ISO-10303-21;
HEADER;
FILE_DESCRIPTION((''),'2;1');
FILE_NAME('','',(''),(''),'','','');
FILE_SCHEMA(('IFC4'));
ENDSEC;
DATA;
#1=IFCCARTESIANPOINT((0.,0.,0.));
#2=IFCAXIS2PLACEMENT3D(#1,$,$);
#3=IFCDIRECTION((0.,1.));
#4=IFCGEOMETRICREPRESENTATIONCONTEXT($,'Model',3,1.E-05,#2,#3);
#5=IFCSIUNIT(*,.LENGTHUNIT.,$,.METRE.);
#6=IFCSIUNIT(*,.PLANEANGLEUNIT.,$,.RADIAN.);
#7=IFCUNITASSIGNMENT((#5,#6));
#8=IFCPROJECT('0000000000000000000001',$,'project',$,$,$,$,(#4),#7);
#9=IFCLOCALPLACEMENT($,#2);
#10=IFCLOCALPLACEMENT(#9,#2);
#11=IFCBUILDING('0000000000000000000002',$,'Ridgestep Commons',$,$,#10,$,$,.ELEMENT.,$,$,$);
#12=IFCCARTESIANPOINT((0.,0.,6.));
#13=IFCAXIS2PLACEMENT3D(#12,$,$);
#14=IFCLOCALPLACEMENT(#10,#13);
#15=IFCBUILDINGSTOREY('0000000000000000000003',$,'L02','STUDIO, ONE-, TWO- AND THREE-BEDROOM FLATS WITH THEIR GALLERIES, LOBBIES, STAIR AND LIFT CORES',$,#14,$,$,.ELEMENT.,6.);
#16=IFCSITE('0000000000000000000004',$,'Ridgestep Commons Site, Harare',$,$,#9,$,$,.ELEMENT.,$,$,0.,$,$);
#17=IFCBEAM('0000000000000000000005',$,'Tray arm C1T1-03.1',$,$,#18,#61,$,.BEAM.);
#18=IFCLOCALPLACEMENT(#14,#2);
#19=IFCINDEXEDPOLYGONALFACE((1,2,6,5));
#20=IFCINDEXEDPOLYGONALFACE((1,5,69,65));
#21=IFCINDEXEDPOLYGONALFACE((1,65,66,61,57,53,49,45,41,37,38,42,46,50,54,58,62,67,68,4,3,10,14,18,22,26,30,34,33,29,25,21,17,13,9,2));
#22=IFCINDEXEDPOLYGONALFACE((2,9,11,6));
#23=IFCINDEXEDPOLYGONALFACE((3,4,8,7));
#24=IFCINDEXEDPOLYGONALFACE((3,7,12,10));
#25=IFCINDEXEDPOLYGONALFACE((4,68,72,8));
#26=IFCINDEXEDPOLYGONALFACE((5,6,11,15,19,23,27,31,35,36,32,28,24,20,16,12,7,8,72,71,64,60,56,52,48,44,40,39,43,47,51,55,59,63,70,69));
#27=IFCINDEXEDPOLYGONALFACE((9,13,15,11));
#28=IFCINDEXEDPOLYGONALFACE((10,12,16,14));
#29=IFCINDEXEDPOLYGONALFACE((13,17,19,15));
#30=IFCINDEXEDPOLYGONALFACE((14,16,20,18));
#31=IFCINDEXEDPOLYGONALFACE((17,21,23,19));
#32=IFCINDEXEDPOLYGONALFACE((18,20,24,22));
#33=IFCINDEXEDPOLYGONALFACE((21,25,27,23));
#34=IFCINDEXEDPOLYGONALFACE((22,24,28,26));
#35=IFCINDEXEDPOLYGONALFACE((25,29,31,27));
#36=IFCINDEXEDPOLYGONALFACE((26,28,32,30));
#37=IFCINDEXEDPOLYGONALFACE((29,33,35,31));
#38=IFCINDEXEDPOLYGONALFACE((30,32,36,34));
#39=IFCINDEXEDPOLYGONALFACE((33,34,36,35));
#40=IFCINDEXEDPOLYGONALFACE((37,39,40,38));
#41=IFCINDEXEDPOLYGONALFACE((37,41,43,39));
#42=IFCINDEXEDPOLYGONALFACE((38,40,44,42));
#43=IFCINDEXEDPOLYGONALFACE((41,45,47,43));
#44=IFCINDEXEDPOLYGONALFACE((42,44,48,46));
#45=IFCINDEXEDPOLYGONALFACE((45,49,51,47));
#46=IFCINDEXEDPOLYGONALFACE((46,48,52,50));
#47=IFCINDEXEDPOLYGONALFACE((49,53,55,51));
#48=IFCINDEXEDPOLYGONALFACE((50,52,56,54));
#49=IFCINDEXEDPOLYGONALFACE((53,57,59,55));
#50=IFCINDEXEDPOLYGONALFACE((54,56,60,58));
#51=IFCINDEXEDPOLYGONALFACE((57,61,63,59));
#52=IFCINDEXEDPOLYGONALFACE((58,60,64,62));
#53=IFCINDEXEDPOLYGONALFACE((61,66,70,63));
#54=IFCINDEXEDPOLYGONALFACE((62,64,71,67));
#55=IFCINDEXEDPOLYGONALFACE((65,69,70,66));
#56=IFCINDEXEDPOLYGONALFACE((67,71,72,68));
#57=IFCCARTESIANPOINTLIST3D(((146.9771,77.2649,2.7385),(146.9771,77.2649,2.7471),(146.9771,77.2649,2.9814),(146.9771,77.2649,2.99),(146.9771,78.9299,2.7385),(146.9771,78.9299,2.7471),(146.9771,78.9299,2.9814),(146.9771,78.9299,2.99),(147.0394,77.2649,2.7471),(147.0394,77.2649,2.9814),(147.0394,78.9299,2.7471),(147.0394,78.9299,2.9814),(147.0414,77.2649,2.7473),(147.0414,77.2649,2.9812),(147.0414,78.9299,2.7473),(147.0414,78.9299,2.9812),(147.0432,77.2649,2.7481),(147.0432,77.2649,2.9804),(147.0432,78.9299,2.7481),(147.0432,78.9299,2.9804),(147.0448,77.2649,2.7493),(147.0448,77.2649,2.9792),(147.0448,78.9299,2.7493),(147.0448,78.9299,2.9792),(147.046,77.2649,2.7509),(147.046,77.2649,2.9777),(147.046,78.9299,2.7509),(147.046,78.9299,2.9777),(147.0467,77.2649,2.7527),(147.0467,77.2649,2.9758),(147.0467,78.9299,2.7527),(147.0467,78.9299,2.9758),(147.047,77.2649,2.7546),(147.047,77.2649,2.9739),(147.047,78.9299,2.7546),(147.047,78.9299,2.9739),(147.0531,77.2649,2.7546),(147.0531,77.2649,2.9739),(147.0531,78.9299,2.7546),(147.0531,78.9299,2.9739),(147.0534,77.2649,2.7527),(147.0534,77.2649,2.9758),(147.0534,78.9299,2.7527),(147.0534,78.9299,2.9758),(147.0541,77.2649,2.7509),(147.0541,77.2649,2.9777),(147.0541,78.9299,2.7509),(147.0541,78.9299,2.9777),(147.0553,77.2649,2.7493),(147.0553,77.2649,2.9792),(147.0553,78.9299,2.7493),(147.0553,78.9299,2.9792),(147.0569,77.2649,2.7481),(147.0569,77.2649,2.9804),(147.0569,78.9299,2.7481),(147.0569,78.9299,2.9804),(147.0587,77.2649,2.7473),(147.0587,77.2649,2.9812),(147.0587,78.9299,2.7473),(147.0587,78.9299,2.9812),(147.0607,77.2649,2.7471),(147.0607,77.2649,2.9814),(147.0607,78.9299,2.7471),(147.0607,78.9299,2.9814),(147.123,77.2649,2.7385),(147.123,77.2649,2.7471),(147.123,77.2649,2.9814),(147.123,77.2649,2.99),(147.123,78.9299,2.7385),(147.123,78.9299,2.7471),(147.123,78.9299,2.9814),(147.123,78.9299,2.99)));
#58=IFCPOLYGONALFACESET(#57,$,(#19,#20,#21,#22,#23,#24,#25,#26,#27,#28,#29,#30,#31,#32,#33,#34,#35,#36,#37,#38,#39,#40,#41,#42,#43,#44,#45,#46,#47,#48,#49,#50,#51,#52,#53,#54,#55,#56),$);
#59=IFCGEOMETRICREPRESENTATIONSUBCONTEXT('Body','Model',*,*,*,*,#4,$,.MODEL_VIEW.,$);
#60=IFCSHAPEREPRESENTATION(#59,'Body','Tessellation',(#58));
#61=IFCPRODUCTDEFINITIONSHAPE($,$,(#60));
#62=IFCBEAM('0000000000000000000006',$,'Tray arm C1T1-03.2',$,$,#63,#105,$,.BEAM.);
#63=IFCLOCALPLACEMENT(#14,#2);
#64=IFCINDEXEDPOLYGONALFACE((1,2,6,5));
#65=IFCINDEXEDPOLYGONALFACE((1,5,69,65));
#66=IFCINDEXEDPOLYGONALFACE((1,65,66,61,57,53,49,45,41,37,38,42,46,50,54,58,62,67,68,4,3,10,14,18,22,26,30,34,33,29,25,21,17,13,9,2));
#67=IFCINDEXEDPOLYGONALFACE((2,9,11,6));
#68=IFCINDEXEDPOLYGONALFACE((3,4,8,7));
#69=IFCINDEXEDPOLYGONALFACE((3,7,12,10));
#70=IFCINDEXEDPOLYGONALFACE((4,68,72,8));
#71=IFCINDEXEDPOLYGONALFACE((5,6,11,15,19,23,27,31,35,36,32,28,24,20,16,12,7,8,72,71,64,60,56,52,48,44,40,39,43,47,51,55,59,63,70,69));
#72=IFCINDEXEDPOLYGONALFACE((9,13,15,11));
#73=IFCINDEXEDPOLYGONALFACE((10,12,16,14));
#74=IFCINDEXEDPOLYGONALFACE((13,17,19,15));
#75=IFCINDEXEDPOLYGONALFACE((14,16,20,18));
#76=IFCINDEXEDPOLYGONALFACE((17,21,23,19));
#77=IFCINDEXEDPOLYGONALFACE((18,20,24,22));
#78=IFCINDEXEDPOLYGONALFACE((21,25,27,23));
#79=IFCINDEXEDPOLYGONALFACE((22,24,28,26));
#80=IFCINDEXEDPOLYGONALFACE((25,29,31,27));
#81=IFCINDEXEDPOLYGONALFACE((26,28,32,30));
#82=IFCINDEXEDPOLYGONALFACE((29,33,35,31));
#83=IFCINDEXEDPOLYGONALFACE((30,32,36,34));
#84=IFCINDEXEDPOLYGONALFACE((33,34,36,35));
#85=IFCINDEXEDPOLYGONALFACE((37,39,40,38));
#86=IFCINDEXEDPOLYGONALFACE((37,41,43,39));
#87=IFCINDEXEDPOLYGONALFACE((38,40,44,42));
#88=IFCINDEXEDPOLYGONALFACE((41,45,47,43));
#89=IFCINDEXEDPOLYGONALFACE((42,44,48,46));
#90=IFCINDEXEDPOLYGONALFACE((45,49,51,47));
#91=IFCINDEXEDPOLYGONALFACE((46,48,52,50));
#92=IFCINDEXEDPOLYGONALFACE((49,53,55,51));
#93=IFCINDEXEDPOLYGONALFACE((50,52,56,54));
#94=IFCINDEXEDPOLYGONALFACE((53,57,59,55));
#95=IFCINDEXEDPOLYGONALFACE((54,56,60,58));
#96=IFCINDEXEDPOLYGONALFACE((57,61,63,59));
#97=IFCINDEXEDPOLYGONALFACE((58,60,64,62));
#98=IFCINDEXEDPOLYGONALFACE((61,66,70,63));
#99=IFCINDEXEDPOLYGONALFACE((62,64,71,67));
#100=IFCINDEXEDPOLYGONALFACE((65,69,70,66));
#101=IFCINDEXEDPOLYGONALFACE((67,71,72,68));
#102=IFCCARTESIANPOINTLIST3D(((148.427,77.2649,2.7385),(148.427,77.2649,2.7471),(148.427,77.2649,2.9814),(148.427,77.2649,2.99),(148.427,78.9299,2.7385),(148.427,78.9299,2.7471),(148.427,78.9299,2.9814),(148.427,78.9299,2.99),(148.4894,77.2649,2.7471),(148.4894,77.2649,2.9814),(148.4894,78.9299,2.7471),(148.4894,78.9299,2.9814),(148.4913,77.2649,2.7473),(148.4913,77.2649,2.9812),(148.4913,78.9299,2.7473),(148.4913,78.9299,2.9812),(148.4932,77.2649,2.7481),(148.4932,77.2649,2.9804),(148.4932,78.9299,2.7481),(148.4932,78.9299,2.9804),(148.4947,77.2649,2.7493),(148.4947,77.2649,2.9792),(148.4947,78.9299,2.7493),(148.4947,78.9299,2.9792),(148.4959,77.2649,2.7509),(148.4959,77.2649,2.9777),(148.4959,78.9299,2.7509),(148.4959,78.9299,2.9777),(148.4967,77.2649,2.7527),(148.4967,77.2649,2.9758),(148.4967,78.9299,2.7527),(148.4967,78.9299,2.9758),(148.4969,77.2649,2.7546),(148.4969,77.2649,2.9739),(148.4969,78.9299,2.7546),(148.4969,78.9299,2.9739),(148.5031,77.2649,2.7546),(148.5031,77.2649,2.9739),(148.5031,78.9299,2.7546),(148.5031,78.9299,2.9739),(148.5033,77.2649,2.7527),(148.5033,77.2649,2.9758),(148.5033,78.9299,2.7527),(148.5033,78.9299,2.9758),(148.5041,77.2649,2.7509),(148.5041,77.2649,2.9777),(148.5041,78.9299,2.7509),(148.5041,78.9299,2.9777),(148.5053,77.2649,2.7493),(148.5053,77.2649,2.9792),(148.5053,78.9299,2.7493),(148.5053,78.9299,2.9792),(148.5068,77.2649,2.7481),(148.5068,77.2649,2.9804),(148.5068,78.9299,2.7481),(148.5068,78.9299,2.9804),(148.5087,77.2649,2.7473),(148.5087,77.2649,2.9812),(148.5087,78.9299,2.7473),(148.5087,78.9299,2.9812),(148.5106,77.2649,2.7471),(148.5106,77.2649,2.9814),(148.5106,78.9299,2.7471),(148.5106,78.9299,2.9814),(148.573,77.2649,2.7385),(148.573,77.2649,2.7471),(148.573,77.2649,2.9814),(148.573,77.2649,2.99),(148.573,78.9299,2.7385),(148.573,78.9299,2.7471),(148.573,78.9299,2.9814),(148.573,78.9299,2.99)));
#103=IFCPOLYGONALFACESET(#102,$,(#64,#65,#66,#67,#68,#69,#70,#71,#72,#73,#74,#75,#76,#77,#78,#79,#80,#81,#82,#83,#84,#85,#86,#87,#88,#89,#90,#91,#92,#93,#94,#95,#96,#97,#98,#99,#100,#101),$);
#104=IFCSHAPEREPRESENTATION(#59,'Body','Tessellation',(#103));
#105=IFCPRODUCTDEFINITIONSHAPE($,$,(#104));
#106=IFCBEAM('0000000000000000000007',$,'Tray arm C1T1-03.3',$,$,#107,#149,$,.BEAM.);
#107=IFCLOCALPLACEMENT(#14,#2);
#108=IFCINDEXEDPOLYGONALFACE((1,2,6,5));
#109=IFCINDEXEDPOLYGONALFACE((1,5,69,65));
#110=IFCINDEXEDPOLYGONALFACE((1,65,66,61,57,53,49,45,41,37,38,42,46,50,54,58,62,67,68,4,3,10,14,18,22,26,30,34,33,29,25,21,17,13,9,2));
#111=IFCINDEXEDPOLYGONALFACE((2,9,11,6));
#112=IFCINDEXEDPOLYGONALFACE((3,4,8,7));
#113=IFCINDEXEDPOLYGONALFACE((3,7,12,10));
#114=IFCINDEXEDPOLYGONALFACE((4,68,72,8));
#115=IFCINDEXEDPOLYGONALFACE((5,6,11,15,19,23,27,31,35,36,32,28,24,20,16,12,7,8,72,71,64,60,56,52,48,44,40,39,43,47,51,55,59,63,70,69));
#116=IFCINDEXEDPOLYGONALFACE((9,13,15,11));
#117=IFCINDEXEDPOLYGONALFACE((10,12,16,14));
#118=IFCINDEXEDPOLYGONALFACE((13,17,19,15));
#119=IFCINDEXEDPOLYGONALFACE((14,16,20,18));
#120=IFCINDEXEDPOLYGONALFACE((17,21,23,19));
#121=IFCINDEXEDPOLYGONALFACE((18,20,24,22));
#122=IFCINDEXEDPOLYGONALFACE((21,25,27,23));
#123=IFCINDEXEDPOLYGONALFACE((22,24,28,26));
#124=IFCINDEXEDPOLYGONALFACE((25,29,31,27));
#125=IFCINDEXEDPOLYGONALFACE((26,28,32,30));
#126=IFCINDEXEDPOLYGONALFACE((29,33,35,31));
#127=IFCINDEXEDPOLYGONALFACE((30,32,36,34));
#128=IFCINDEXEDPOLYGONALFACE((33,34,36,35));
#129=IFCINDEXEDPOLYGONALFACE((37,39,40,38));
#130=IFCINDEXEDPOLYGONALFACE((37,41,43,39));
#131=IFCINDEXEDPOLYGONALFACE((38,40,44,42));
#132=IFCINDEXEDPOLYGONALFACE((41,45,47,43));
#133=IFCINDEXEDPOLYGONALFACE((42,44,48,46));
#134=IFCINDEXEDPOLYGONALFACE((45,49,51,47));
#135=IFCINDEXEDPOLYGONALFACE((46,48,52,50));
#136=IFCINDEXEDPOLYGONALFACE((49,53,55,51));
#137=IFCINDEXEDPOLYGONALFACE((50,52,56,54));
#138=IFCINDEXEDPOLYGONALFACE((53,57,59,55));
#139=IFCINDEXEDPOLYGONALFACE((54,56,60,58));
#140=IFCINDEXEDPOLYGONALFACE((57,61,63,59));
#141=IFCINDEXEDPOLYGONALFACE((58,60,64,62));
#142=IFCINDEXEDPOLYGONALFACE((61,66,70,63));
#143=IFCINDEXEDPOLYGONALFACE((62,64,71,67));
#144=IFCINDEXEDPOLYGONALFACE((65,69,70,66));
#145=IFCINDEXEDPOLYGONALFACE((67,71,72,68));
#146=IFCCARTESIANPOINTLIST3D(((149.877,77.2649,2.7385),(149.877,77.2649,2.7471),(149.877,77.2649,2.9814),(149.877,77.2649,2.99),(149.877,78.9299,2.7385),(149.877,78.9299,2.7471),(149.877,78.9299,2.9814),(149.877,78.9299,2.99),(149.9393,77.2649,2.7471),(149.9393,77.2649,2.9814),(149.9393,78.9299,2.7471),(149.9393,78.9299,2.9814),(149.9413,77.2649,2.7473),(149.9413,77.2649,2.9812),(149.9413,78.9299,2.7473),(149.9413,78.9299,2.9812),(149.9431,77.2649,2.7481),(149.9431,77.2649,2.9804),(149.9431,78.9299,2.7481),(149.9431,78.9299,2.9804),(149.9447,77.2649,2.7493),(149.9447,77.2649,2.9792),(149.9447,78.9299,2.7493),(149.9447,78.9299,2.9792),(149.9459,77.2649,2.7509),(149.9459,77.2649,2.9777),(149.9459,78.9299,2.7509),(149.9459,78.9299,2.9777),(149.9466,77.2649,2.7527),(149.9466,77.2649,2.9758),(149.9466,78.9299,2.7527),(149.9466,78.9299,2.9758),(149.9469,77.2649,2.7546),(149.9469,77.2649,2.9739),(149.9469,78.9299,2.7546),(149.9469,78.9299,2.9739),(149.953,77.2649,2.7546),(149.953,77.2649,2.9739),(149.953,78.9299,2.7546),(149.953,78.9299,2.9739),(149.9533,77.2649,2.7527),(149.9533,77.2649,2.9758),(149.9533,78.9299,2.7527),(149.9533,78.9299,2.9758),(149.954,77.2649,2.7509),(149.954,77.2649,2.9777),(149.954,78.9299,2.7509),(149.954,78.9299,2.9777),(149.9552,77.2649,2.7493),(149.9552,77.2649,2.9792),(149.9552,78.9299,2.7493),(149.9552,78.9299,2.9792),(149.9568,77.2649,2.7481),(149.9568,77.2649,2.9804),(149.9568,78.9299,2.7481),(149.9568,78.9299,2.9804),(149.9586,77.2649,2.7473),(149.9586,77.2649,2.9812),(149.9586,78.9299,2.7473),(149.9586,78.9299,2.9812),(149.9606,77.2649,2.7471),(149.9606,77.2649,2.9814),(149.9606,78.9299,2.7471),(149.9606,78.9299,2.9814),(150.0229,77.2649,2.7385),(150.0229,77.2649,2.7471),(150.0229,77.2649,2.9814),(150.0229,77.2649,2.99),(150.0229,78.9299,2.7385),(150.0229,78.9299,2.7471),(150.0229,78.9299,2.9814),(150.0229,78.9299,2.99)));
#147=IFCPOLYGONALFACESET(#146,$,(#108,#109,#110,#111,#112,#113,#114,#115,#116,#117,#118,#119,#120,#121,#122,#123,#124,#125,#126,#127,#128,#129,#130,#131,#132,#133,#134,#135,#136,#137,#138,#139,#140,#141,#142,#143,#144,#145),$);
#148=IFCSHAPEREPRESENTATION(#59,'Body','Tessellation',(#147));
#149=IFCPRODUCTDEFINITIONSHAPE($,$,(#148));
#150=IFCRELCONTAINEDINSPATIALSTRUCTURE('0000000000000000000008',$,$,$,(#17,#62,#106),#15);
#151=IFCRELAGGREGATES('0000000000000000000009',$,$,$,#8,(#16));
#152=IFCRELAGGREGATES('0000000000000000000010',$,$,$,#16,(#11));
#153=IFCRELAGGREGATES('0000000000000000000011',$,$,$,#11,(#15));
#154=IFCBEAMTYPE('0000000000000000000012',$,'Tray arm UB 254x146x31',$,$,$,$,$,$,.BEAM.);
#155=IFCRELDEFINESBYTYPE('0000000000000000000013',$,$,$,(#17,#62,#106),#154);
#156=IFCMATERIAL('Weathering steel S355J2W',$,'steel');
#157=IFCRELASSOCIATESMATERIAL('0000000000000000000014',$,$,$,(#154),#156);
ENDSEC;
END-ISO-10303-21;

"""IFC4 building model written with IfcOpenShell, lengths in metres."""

from ifc_helpers import new_model, si_unit, direction, frame, origin, origin_2d, place, context, subcontext, project, spatial, i_section, extrude, material, material_profile, profile_set, type_object, element, save


model = new_model("IFC4")

# Units and contexts
model_context = context("Model", 3, precision=1e-05, world=origin(), true_north=direction((0.0, 1.0)))
body_context = subcontext(model_context, "Body", "Model", "MODEL_VIEW")
ifc_project = project(units=[si_unit("LENGTHUNIT", "METRE"), si_unit("PLANEANGLEUNIT", "RADIAN")], contexts=[model_context])

# Site, building, storey
site_placement = place(None, origin())
site = spatial("IfcSite", under=ifc_project, at=site_placement, Name="Ridgestep Commons Site, Harare", CompositionType="ELEMENT", RefElevation=0.0)
building_placement = place(site_placement, origin())
building = spatial("IfcBuilding", under=site, at=building_placement, Name="Ridgestep Commons", CompositionType="ELEMENT")
storey_placement = place(building_placement, frame((0.0, 0.0, 6.0)))
storey = spatial("IfcBuildingStorey", under=building, at=storey_placement, Name="L02", Description="STUDIO, ONE-, TWO- AND THREE-BEDROOM FLATS WITH THEIR GALLERIES, LOBBIES, STAIR AND LIFT CORES", CompositionType="ELEMENT", Elevation=6.0)

# Beams
ifc_material_1 = material(Name="Weathering steel S355J2W", Category="steel")
ifc_material_profile_1 = material_profile(ifc_material_1, i_section(OverallWidth=0.146, OverallDepth=0.2515, WebThickness=0.0061, FlangeThickness=0.0085, FilletRadius=0.0076, at=origin_2d()), Name="UB 254x146x31")
ifc_profile_set_1 = profile_set([ifc_material_profile_1], Name="Weathering steel S355J2W")
beam_type_1 = type_object("IfcBeamType", Name="Tray arm UB 254x146x31", PredefinedType="BEAM", material=ifc_profile_set_1)
for number, where, z_axis, x_axis, name in (
    (1, (147.05, 77.2649, 2.8643), (0.0, 1.0, 0.0), (-1.0, 0.0, 0.0), "Tray arm C1T1-03.1"),
    (2, (148.5, 77.2649, 2.8643), (0.0, 1.0, 0.0), (-1.0, 0.0, 0.0), "Tray arm C1T1-03.2"),
    (3, (149.95, 77.2649, 2.8643), (0.0, 1.0, 0.0), (-1.0, 0.0, 0.0), "Tray arm C1T1-03.3"),
):
    element("IfcBeam", number, at=place(storey_placement, frame(where, z_axis=z_axis, x_axis=x_axis)), inside=storey, type_object=beam_type_1, Name=name, PredefinedType="BEAM", context=body_context, shape_type="SweptSolid", body=[
        extrude(i_section(OverallWidth=0.146, OverallDepth=0.2515, WebThickness=0.0061, FlangeThickness=0.0085, FilletRadius=0.0076, at=origin_2d()), origin(), (0.0, 0.0, 1.0), 1.665),
    ])

save(model, "model.ifc")
